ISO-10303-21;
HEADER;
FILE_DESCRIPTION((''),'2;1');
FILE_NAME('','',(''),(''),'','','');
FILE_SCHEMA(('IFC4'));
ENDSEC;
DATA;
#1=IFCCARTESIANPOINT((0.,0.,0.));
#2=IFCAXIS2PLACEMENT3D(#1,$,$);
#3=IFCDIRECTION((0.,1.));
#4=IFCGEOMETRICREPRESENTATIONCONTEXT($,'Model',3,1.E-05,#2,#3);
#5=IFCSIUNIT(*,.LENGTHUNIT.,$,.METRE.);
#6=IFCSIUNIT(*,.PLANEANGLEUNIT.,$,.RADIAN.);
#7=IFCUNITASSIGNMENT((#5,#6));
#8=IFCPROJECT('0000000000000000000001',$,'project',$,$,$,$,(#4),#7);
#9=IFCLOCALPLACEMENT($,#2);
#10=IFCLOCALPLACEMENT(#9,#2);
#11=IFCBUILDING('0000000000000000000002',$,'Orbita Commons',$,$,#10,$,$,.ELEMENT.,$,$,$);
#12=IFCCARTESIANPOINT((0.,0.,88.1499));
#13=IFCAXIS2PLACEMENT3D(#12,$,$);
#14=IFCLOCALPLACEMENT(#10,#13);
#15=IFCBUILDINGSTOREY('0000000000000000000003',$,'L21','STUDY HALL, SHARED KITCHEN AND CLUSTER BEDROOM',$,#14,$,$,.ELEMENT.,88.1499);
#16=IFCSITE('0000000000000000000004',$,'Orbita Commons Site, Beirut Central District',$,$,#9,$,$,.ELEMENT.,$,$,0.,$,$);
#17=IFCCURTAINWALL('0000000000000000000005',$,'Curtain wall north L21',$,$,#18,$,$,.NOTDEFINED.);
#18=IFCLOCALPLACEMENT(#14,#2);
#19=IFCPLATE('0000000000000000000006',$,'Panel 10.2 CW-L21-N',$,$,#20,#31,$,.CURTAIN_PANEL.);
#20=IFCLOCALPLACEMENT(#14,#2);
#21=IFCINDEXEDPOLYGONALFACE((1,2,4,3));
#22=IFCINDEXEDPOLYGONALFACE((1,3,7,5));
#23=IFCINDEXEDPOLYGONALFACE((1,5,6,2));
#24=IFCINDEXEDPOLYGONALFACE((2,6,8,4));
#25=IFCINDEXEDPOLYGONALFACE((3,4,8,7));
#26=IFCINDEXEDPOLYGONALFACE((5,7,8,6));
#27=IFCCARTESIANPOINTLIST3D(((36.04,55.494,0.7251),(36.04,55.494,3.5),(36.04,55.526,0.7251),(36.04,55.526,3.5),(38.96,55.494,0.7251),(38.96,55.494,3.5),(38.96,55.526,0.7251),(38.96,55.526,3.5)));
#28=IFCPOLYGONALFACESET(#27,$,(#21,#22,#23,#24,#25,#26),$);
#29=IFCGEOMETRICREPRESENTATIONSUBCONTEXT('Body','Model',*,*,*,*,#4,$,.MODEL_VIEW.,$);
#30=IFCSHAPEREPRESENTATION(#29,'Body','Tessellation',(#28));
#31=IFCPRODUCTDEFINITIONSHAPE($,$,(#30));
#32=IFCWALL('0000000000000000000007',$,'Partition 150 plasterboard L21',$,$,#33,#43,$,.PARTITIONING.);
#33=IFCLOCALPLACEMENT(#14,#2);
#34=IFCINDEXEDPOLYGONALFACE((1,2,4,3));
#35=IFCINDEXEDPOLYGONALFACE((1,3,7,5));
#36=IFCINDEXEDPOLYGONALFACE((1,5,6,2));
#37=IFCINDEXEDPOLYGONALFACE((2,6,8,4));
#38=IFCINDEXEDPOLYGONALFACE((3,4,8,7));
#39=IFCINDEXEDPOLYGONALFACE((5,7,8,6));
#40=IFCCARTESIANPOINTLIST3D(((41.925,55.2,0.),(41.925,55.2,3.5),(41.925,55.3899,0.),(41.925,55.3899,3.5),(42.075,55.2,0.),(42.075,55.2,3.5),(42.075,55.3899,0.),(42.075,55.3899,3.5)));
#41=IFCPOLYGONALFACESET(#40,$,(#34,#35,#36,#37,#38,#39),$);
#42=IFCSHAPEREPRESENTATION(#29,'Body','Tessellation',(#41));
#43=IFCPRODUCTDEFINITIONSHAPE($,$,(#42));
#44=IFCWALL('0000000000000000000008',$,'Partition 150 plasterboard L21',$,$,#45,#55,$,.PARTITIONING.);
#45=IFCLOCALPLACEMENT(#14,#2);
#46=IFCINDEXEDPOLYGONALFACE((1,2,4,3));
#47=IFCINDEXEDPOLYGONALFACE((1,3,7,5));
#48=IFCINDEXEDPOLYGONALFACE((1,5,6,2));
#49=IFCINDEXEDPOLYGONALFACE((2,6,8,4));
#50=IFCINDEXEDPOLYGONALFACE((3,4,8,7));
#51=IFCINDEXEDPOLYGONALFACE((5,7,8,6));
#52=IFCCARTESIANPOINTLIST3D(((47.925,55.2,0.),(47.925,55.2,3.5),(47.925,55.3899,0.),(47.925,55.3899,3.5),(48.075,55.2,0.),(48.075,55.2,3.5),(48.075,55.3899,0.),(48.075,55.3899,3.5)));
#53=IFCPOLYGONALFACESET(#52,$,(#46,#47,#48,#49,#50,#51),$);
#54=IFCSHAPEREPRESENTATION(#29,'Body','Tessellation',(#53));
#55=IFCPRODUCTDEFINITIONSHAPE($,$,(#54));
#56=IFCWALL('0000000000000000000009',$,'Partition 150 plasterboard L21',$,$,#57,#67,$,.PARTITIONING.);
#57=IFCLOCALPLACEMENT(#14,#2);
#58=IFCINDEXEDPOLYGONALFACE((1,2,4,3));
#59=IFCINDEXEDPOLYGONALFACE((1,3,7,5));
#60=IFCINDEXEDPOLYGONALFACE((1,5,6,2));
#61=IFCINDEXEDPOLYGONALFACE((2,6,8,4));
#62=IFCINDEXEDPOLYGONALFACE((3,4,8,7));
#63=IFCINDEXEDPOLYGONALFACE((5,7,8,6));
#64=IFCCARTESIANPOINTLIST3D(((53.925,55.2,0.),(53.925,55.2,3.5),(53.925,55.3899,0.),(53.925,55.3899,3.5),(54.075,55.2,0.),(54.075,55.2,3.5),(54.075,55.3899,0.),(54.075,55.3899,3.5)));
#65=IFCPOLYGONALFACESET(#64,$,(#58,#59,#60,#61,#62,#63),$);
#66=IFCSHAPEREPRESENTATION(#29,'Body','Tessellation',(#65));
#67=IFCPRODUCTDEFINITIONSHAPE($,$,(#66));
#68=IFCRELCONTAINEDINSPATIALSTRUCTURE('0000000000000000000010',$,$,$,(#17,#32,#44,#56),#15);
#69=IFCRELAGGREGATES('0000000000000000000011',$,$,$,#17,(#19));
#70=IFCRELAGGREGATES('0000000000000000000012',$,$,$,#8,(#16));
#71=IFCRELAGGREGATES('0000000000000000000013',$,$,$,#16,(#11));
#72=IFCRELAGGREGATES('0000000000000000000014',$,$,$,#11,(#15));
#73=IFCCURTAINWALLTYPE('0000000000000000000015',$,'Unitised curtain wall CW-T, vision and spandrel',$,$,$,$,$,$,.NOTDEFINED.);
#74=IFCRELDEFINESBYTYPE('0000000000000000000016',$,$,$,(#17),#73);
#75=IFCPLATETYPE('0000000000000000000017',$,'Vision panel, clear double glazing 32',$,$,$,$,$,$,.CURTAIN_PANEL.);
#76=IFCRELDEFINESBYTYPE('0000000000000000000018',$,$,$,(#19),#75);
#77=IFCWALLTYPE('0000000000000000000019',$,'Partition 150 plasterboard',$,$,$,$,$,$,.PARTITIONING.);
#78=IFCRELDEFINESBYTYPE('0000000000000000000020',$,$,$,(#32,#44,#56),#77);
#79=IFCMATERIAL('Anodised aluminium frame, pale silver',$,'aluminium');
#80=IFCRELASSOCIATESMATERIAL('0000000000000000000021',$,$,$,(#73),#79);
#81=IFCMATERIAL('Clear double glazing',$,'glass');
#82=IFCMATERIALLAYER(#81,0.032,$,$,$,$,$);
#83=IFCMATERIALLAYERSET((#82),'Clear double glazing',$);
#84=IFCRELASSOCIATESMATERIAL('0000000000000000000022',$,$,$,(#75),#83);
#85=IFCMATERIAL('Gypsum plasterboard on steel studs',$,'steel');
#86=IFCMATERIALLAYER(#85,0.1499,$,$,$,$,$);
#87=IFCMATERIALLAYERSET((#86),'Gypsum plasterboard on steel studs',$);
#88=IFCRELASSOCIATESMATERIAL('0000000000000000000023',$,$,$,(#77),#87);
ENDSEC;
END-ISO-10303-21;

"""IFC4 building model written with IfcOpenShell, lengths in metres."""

from ifc_helpers import new_model, si_unit, direction, frame, frame_2d, origin, origin_2d, place, context, subcontext, project, spatial, rectangle, extrude, material, layer, layer_set, type_object, element, aggregate, save


model = new_model("IFC4")

# Units and contexts
model_context = context("Model", 3, precision=1e-05, world=origin(), true_north=direction((0.0, 1.0)))
body_context = subcontext(model_context, "Body", "Model", "MODEL_VIEW")
ifc_project = project(units=[si_unit("LENGTHUNIT", "METRE"), si_unit("PLANEANGLEUNIT", "RADIAN")], contexts=[model_context])

# Site, building, storey
site_placement = place(None, origin())
site = spatial("IfcSite", under=ifc_project, at=site_placement, Name="Orbita Commons Site, Beirut Central District", CompositionType="ELEMENT", RefElevation=0.0)
building_placement = place(site_placement, origin())
building = spatial("IfcBuilding", under=site, at=building_placement, Name="Orbita Commons", CompositionType="ELEMENT")
storey_placement = place(building_placement, frame((0.0, 0.0, 88.1499)))
storey = spatial("IfcBuildingStorey", under=building, at=storey_placement, Name="L21", Description="STUDY HALL, SHARED KITCHEN AND CLUSTER BEDROOM", CompositionType="ELEMENT", Elevation=88.1499)

# Curtain wall
ifc_material_1 = material(Name="Anodised aluminium frame, pale silver", Category="aluminium")
curtain_wall_type = type_object("IfcCurtainWallType", Name="Unitised curtain wall CW-T, vision and spandrel", PredefinedType="NOTDEFINED", material=ifc_material_1)
curtain_wall_placement = place(storey_placement, origin())
curtain_wall = element("IfcCurtainWall", 1, at=curtain_wall_placement, inside=storey, type_object=curtain_wall_type, Name="Curtain wall north L21", PredefinedType="NOTDEFINED")

# Plate
ifc_material_2 = material(Name="Clear double glazing", Category="glass")
ifc_layer_1 = layer(ifc_material_2, 0.032)
ifc_layer_set_1 = layer_set([ifc_layer_1], Name="Clear double glazing")
plate_type_1 = type_object("IfcPlateType", Name="Vision panel, clear double glazing 32", PredefinedType="CURTAIN_PANEL", material=ifc_layer_set_1)
plate_1_placement = place(storey_placement, frame((37.5, 55.51, 0.7251), z_axis=(0.0, 0.0, 1.0), x_axis=(-1.0, 0.0, 0.0)))
plate_1 = element("IfcPlate", 2, at=plate_1_placement, type_object=plate_type_1, Name="Panel 10.2 CW-L21-N", PredefinedType="CURTAIN_PANEL", context=body_context, shape_type="SweptSolid", body=[
    extrude(rectangle(XDim=2.9199, YDim=0.032, at=origin_2d()), origin(), (0.0, 0.0, 1.0), 2.7749),
])
aggregate(curtain_wall, [plate_1])

# Walls
ifc_material_3 = material(Name="Gypsum plasterboard on steel studs", Category="steel")
ifc_layer_2 = layer(ifc_material_3, 0.1499)
ifc_layer_set_2 = layer_set([ifc_layer_2], Name="Gypsum plasterboard on steel studs")
wall_type = type_object("IfcWallType", Name="Partition 150 plasterboard", PredefinedType="PARTITIONING", material=ifc_layer_set_2)
for number, where, z_axis, x_axis, name in (
    (3, (42.0, 55.2, 0.0), (0.0, 0.0, 1.0), (0.0, 1.0, 0.0), "Partition 150 plasterboard L21"),
    (4, (48.0, 55.2, 0.0), (0.0, 0.0, 1.0), (0.0, 1.0, 0.0), "Partition 150 plasterboard L21"),
    (5, (54.0, 55.2, 0.0), (0.0, 0.0, 1.0), (0.0, 1.0, 0.0), "Partition 150 plasterboard L21"),
):
    element("IfcWall", number, at=place(storey_placement, frame(where, z_axis=z_axis, x_axis=x_axis)), inside=storey, type_object=wall_type, Name=name, PredefinedType="PARTITIONING", context=body_context, shape_type="SweptSolid", body=[
        extrude(rectangle(XDim=0.1899, YDim=0.1499, at=frame_2d((0.095, 0.0))), origin(), (0.0, 0.0, 1.0), 3.5),
    ])

save(model, "model.ifc")
